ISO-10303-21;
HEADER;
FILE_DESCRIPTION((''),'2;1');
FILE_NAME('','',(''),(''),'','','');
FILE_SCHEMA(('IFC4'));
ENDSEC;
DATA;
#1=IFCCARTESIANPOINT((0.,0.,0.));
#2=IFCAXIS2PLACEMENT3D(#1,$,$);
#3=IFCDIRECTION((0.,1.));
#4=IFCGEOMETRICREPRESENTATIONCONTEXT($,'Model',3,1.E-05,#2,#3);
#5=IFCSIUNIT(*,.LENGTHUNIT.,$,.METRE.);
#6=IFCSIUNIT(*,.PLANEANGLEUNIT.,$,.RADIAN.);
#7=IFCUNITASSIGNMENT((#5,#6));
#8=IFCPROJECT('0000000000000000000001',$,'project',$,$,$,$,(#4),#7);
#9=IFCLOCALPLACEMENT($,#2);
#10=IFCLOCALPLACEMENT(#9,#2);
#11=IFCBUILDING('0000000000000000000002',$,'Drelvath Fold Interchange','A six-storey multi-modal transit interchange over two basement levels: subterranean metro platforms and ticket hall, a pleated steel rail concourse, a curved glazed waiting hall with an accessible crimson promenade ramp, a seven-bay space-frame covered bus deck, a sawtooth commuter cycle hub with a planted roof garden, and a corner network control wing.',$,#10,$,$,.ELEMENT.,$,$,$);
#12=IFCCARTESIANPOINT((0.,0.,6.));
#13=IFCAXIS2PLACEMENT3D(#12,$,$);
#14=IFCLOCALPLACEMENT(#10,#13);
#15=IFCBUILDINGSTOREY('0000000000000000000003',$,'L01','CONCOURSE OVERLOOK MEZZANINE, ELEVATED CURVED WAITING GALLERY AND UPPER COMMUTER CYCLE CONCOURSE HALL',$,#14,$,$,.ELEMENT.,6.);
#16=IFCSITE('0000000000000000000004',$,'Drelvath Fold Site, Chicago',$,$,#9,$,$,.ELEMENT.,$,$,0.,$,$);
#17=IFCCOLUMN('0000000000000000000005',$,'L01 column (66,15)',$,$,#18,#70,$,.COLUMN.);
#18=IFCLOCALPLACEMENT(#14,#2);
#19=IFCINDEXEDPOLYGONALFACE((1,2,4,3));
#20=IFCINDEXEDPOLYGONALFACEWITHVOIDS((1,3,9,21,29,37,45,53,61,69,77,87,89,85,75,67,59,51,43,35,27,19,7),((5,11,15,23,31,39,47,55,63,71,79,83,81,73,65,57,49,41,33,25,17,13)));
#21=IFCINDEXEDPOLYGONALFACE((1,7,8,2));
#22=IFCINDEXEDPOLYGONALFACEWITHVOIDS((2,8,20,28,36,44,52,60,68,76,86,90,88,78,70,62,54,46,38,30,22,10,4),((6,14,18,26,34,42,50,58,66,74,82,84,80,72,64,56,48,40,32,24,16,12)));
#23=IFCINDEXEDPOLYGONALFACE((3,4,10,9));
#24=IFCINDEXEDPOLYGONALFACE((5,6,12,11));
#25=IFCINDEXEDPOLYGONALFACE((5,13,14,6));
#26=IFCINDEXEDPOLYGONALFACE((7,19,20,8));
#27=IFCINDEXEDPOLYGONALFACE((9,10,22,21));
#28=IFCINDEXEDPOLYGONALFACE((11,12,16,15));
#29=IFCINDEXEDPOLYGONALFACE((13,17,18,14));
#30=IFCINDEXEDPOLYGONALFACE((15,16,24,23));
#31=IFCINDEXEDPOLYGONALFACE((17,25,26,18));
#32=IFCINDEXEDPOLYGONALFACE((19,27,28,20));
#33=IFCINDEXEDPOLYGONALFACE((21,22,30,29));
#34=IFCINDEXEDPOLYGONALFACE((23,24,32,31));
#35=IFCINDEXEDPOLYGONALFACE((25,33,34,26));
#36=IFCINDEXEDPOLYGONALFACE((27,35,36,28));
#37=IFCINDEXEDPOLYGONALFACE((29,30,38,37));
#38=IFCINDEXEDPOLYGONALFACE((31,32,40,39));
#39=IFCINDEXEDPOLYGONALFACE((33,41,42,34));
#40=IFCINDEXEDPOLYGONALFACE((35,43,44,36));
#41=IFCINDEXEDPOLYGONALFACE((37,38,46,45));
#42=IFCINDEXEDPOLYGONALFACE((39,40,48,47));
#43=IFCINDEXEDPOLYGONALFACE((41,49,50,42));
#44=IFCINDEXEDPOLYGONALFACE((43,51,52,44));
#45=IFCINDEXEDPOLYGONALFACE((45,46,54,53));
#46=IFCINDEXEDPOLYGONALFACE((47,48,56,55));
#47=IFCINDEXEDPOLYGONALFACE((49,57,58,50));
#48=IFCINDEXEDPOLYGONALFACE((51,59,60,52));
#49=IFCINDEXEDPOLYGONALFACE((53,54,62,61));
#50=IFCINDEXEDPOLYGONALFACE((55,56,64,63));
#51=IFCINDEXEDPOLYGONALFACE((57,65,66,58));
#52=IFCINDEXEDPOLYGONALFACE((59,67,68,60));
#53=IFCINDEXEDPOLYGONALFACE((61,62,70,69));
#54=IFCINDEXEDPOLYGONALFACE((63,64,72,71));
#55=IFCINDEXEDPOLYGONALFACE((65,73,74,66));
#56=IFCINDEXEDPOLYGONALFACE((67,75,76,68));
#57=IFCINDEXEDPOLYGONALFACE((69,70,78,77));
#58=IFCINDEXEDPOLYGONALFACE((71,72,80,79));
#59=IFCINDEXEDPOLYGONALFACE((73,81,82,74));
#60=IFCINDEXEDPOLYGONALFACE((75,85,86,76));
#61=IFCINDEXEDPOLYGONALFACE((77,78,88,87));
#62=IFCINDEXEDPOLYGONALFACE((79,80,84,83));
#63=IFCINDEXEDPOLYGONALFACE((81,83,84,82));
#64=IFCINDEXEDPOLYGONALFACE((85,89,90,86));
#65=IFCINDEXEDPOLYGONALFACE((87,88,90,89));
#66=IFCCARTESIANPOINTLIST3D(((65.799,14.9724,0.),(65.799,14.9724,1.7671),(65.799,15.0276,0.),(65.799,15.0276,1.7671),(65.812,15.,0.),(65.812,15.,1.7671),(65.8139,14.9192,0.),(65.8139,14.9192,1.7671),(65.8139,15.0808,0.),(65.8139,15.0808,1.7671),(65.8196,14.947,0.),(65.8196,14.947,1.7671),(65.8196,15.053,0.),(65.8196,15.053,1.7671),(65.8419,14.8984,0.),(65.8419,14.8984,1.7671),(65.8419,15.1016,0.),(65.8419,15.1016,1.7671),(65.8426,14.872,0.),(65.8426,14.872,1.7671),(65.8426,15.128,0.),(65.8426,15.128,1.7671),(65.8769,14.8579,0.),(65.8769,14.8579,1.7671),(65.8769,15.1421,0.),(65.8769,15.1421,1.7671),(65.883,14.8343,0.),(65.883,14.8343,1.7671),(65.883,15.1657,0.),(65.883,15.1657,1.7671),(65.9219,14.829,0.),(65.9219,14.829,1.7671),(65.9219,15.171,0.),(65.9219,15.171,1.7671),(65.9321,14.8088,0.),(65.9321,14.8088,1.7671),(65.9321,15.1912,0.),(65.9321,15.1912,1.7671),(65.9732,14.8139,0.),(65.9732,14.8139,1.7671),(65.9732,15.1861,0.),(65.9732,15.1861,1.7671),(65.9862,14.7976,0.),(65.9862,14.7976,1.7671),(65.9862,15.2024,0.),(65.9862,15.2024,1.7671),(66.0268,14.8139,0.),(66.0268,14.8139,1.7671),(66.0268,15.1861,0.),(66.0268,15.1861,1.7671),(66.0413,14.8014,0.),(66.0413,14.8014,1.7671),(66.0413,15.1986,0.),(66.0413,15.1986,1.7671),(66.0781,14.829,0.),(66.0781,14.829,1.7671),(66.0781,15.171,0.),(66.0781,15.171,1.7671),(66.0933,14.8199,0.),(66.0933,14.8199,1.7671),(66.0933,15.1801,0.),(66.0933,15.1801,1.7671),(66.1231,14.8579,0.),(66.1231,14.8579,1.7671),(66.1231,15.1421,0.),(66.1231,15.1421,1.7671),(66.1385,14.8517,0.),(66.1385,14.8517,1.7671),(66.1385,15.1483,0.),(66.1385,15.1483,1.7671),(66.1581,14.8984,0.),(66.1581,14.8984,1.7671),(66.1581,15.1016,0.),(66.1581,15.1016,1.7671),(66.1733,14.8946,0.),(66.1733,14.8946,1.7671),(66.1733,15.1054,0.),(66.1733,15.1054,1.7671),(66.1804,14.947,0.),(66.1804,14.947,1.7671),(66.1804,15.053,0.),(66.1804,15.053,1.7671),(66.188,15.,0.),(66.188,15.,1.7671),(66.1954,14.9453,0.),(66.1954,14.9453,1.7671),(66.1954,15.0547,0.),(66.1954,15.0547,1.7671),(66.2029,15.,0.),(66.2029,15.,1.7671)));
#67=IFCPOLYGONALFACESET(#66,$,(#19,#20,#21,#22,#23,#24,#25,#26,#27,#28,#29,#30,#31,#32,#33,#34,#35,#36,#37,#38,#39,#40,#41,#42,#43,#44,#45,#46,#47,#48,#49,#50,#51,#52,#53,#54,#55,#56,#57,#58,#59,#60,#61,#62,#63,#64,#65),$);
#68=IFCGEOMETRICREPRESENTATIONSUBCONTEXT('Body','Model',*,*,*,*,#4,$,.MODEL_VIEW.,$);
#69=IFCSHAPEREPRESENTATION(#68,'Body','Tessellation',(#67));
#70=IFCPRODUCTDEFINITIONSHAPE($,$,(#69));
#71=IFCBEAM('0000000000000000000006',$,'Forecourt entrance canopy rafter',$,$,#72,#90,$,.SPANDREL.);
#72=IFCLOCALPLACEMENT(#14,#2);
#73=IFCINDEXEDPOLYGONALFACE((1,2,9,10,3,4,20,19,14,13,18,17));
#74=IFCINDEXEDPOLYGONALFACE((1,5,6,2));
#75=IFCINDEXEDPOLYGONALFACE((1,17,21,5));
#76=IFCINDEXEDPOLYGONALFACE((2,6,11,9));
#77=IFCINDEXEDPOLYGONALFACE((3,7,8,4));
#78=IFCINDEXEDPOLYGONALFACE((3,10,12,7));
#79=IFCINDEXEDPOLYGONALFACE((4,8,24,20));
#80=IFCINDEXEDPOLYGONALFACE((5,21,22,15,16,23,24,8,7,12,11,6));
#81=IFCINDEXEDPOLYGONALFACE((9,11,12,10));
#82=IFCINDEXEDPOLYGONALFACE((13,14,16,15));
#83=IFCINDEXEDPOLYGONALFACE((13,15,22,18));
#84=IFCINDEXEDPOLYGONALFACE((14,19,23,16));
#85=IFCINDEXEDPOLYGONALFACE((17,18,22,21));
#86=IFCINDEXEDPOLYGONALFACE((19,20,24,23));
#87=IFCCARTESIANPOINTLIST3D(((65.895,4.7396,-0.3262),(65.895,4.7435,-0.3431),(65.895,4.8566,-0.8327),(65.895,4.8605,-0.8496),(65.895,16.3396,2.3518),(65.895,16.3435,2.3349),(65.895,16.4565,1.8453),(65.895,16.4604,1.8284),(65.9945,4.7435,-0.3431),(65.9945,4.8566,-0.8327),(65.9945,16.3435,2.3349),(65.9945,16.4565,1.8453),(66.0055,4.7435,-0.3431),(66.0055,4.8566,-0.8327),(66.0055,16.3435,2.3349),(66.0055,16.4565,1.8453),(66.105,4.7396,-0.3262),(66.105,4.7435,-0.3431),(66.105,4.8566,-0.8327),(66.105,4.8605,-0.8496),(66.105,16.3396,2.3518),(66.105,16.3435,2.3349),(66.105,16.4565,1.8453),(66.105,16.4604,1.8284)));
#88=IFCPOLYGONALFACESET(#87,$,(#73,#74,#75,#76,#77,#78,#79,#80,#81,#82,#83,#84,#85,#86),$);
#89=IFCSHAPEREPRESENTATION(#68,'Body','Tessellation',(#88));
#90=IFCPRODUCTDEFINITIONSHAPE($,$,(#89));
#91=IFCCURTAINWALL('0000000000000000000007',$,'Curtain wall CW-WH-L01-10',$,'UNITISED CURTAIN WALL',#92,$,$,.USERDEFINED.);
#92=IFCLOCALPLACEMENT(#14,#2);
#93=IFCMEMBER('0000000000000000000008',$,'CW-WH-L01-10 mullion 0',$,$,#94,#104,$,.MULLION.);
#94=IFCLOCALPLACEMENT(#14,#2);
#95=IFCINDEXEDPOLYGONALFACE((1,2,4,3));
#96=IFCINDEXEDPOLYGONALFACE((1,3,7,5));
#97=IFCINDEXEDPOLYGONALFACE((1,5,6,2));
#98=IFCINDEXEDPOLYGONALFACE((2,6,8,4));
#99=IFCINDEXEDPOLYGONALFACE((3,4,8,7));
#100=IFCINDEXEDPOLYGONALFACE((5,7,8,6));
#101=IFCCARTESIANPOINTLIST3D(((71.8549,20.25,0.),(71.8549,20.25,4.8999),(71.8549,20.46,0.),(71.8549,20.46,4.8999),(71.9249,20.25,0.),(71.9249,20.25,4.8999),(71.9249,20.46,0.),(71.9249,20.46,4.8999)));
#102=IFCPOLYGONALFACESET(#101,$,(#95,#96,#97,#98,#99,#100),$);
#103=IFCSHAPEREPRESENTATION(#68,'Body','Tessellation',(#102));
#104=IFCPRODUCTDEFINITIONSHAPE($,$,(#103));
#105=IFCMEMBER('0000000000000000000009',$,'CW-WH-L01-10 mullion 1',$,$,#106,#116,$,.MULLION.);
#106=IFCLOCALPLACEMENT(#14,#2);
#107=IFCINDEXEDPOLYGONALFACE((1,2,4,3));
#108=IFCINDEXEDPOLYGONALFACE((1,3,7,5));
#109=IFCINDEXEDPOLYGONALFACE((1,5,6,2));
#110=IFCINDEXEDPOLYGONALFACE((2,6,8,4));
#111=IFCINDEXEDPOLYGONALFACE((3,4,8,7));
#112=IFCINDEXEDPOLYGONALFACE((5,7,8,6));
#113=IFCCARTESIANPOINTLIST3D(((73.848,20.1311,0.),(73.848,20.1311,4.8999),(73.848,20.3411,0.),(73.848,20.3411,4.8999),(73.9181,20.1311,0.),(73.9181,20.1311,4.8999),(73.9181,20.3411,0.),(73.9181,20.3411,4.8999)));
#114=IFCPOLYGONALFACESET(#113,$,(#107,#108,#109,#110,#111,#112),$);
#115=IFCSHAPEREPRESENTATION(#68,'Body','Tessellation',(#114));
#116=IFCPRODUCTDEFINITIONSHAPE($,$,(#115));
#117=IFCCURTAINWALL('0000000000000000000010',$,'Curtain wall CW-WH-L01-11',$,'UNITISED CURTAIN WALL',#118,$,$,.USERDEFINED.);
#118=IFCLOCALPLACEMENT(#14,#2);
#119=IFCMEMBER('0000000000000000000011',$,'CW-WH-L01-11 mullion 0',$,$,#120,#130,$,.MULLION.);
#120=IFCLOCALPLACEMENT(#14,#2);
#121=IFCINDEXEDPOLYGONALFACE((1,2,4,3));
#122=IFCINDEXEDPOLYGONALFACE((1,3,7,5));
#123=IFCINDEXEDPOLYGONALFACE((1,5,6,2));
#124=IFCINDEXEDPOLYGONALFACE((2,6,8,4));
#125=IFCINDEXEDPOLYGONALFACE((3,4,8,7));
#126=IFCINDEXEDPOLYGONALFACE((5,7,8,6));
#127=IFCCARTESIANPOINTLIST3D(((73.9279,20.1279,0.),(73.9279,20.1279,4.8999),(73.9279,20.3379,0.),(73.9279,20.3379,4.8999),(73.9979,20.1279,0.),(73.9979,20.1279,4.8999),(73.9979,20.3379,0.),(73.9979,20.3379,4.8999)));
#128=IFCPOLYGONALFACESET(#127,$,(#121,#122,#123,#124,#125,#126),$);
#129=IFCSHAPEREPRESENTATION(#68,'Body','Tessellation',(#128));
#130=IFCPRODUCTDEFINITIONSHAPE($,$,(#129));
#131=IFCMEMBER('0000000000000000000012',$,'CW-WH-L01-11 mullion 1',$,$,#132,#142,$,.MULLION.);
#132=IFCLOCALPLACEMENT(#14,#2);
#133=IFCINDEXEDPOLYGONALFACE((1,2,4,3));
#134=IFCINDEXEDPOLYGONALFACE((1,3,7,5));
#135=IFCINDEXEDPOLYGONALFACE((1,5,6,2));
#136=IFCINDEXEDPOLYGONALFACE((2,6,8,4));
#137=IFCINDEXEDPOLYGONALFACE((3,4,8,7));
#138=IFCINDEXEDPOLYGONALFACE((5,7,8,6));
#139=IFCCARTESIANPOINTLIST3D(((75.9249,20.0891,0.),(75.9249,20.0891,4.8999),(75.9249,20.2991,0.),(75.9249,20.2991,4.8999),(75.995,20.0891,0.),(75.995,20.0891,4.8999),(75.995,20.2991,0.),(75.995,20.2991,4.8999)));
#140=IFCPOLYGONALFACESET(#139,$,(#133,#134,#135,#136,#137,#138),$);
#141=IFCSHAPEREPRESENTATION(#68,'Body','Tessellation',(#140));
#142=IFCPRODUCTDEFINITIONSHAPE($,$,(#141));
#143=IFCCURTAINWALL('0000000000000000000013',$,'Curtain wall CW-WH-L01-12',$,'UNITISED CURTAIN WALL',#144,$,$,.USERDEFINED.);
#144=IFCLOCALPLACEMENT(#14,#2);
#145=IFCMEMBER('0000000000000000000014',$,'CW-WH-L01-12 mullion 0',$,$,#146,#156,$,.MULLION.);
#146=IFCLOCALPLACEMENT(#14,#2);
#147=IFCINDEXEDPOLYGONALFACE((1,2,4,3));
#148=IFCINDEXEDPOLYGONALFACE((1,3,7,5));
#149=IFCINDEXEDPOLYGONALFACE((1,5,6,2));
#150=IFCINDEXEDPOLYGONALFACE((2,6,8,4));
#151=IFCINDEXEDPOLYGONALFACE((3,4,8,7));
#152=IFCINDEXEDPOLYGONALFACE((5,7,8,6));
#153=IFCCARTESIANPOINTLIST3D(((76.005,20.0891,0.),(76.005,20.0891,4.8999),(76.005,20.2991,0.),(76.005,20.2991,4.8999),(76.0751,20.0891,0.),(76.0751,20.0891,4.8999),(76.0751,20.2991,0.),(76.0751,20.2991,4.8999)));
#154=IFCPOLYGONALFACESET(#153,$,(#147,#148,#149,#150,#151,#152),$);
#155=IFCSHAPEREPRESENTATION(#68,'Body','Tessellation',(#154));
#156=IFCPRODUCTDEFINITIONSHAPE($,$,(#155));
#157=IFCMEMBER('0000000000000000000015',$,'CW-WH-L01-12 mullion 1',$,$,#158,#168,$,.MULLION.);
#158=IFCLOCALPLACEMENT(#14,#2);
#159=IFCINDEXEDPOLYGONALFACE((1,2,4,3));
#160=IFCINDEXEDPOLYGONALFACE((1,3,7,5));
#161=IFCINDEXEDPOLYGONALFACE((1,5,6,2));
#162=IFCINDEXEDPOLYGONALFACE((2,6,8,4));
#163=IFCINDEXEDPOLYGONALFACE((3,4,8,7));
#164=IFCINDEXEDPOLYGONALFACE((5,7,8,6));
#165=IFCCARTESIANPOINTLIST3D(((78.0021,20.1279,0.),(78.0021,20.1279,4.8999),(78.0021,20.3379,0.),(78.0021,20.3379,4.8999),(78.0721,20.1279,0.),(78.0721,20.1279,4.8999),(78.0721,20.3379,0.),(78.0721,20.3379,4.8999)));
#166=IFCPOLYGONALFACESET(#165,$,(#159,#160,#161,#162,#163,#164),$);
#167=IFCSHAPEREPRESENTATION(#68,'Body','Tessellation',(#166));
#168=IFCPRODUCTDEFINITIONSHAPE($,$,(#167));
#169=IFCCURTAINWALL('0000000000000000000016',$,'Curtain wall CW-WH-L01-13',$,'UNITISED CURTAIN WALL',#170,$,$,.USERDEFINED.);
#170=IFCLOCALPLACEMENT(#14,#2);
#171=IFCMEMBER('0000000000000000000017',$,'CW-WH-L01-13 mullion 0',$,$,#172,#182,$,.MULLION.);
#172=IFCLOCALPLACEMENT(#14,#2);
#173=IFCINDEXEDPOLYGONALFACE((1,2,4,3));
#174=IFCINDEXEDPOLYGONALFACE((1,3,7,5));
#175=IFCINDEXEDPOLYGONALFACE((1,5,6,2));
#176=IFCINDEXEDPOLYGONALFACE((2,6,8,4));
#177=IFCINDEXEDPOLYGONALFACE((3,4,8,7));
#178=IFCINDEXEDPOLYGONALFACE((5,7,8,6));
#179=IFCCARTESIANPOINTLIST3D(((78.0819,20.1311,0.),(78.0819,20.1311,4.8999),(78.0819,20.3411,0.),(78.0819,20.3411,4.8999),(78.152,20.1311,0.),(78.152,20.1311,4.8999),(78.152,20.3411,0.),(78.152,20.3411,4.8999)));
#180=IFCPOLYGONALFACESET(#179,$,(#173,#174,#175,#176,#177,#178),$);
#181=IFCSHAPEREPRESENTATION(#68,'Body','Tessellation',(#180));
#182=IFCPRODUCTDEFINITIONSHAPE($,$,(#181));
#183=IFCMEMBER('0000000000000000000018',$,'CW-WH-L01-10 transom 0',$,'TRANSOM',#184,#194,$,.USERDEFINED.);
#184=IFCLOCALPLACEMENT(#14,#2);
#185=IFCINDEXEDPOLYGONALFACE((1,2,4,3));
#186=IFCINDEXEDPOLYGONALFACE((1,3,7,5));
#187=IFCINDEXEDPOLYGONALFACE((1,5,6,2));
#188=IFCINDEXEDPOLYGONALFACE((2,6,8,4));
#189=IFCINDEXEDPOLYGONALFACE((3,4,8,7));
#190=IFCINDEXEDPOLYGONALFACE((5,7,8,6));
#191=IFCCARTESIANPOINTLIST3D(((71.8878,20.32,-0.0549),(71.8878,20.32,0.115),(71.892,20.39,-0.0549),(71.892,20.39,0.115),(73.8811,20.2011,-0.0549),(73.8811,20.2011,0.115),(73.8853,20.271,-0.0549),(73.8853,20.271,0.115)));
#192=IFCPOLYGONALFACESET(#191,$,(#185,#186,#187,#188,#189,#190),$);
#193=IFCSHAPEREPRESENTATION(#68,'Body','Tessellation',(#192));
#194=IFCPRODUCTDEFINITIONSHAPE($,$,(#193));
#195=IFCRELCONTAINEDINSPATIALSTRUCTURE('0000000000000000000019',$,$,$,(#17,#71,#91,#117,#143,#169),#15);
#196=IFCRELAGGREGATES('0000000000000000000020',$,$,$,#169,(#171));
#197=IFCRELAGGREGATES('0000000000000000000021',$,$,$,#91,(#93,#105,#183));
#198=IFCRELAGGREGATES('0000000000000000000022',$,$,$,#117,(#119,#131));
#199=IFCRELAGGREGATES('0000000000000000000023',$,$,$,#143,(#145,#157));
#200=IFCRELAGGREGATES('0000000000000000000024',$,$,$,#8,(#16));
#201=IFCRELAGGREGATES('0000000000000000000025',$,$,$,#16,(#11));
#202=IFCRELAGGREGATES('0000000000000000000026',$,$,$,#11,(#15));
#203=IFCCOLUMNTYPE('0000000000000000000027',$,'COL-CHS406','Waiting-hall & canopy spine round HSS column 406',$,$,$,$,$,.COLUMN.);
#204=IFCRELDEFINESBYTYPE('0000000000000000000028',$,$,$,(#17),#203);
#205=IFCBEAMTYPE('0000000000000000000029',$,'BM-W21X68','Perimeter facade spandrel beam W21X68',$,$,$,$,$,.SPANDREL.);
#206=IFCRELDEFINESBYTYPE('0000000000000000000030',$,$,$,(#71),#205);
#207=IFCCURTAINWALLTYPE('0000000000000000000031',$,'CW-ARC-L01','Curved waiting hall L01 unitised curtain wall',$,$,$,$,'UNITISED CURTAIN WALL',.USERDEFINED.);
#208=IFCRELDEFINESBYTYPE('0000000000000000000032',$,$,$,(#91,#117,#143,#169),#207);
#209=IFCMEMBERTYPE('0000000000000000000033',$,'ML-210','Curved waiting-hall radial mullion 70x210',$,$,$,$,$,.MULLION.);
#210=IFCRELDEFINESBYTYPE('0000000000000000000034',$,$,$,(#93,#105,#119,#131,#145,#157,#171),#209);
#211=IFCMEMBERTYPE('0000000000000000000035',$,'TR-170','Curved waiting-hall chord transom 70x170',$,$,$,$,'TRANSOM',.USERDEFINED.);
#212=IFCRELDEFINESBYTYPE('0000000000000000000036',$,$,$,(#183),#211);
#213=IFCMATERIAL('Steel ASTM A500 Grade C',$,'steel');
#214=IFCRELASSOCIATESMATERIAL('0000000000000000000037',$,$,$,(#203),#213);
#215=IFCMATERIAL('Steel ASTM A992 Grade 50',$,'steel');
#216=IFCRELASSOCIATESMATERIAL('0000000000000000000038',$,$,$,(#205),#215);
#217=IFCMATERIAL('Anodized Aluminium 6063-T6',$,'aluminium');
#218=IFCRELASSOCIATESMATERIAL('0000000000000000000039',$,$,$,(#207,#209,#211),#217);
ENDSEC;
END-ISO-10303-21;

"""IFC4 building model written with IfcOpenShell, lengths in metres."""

from ifc_helpers import new_model, si_unit, direction, frame, origin, origin_2d, place, context, subcontext, project, spatial, rectangle, hollow_circle, i_section, extrude, material, material_profile, profile_set, type_object, element, aggregate, save


model = new_model("IFC4")

# Units and contexts
model_context = context("Model", 3, precision=1e-05, world=origin(), true_north=direction((0.0, 1.0)))
body_context = subcontext(model_context, "Body", "Model", "MODEL_VIEW")
ifc_project = project(units=[si_unit("LENGTHUNIT", "METRE"), si_unit("PLANEANGLEUNIT", "RADIAN")], contexts=[model_context])

# Site, building, storey
site_placement = place(None, origin())
site = spatial("IfcSite", under=ifc_project, at=site_placement, Name="Drelvath Fold Site, Chicago", CompositionType="ELEMENT", RefElevation=0.0)
building_placement = place(site_placement, origin())
building = spatial("IfcBuilding", under=site, at=building_placement, Name="Drelvath Fold Interchange", Description="A six-storey multi-modal transit interchange over two basement levels: subterranean metro platforms and ticket hall, a pleated steel rail concourse, a curved glazed waiting hall with an accessible crimson promenade ramp, a seven-bay space-frame covered bus deck, a sawtooth commuter cycle hub with a planted roof garden, and a corner network control wing.", CompositionType="ELEMENT")
storey_placement = place(building_placement, frame((0.0, 0.0, 6.0)))
storey = spatial("IfcBuildingStorey", under=building, at=storey_placement, Name="L01", Description="CONCOURSE OVERLOOK MEZZANINE, ELEVATED CURVED WAITING GALLERY AND UPPER COMMUTER CYCLE CONCOURSE HALL", CompositionType="ELEMENT", Elevation=6.0)

# Column
ifc_material_1 = material(Name="Steel ASTM A500 Grade C", Category="steel")
ifc_material_profile_1 = material_profile(ifc_material_1, hollow_circle(Radius=0.2029, WallThickness=0.0149, at=origin_2d()), Name="HSS16.000X0.625")
ifc_profile_set_1 = profile_set([ifc_material_profile_1], Name="Steel ASTM A500 Grade C")
column_type = type_object("IfcColumnType", Name="COL-CHS406", Description="Waiting-hall & canopy spine round HSS column 406", PredefinedType="COLUMN", material=ifc_profile_set_1)
column_placement = place(storey_placement, frame((66.0, 15.0, 0.0), z_axis=(0.0, 0.0, 1.0), x_axis=(1.0, 0.0, 0.0)))
element("IfcColumn", 1, at=column_placement, inside=storey, type_object=column_type, Name="L01 column (66,15)", PredefinedType="COLUMN", context=body_context, shape_type="SweptSolid", body=[
    extrude(hollow_circle(Radius=0.2029, WallThickness=0.0149, at=origin_2d()), origin(), (0.0, 0.0, 1.0), 1.7671),
])

# Beam
ifc_material_2 = material(Name="Steel ASTM A992 Grade 50", Category="steel")
ifc_material_profile_2 = material_profile(ifc_material_2, i_section(OverallWidth=0.21, OverallDepth=0.5371, WebThickness=0.011, FlangeThickness=0.0173, at=origin_2d()), Name="W21X68")
ifc_profile_set_2 = profile_set([ifc_material_profile_2], Name="Steel ASTM A992 Grade 50")
beam_type = type_object("IfcBeamType", Name="BM-W21X68", Description="Perimeter facade spandrel beam W21X68", PredefinedType="SPANDREL", material=ifc_profile_set_2)
beam_placement = place(storey_placement, frame((66.0, 4.8, -0.5879), z_axis=(0.0, 0.974371, 0.224946), x_axis=(-1.0, 0.0, 0.0)))
element("IfcBeam", 2, at=beam_placement, inside=storey, type_object=beam_type, Name="Forecourt entrance canopy rafter", PredefinedType="SPANDREL", context=body_context, shape_type="SweptSolid", body=[
    extrude(i_section(OverallWidth=0.21, OverallDepth=0.5371, WebThickness=0.011, FlangeThickness=0.0173, at=origin_2d()), origin(), (0.0, 0.0, 1.0), 11.905),
])

# Curtain walls, members
ifc_material_3 = material(Name="Anodized Aluminium 6063-T6", Category="aluminium")
curtain_wall_type = type_object("IfcCurtainWallType", Name="CW-ARC-L01", Description="Curved waiting hall L01 unitised curtain wall", ElementType="UNITISED CURTAIN WALL", PredefinedType="USERDEFINED", material=ifc_material_3)
curtain_wall_1_placement = place(storey_placement, origin())
curtain_wall_1 = element("IfcCurtainWall", 3, at=curtain_wall_1_placement, inside=storey, type_object=curtain_wall_type, Name="Curtain wall CW-WH-L01-10", ObjectType="UNITISED CURTAIN WALL", PredefinedType="USERDEFINED")
ifc_material_profile_3 = material_profile(ifc_material_3, rectangle(XDim=0.0701, YDim=0.21, at=origin_2d()), Name="AL-M 70x210")
ifc_profile_set_3 = profile_set([ifc_material_profile_3], Name="Anodized Aluminium 6063-T6")
member_type_1 = type_object("IfcMemberType", Name="ML-210", Description="Curved waiting-hall radial mullion 70x210", PredefinedType="MULLION", material=ifc_profile_set_3)
member_1_placement = place(storey_placement, frame((71.8899, 20.355, 0.0), z_axis=(0.0, 0.0, 1.0), x_axis=(1.0, 0.0, 0.0)))
member_1 = element("IfcMember", 4, at=member_1_placement, type_object=member_type_1, Name="CW-WH-L01-10 mullion 0", PredefinedType="MULLION", context=body_context, shape_type="SweptSolid", body=[
    extrude(rectangle(XDim=0.0701, YDim=0.21, at=origin_2d()), origin(), (0.0, 0.0, 1.0), 4.8999),
])
member_2_placement = place(storey_placement, frame((73.8831, 20.2361, 0.0), z_axis=(0.0, 0.0, 1.0), x_axis=(1.0, 0.0, 0.0)))
member_2 = element("IfcMember", 5, at=member_2_placement, type_object=member_type_1, Name="CW-WH-L01-10 mullion 1", PredefinedType="MULLION", context=body_context, shape_type="SweptSolid", body=[
    extrude(rectangle(XDim=0.0701, YDim=0.21, at=origin_2d()), origin(), (0.0, 0.0, 1.0), 4.8999),
])
curtain_wall_2_placement = place(storey_placement, origin())
curtain_wall_2 = element("IfcCurtainWall", 6, at=curtain_wall_2_placement, inside=storey, type_object=curtain_wall_type, Name="Curtain wall CW-WH-L01-11", ObjectType="UNITISED CURTAIN WALL", PredefinedType="USERDEFINED")
member_3_placement = place(storey_placement, frame((73.9629, 20.2329, 0.0), z_axis=(0.0, 0.0, 1.0), x_axis=(1.0, 0.0, 0.0)))
member_3 = element("IfcMember", 7, at=member_3_placement, type_object=member_type_1, Name="CW-WH-L01-11 mullion 0", PredefinedType="MULLION", context=body_context, shape_type="SweptSolid", body=[
    extrude(rectangle(XDim=0.0701, YDim=0.21, at=origin_2d()), origin(), (0.0, 0.0, 1.0), 4.8999),
])
member_4_placement = place(storey_placement, frame((75.96, 20.1941, 0.0), z_axis=(0.0, 0.0, 1.0), x_axis=(1.0, 0.0, 0.0)))
member_4 = element("IfcMember", 8, at=member_4_placement, type_object=member_type_1, Name="CW-WH-L01-11 mullion 1", PredefinedType="MULLION", context=body_context, shape_type="SweptSolid", body=[
    extrude(rectangle(XDim=0.0701, YDim=0.21, at=origin_2d()), origin(), (0.0, 0.0, 1.0), 4.8999),
])
curtain_wall_3_placement = place(storey_placement, origin())
curtain_wall_3 = element("IfcCurtainWall", 9, at=curtain_wall_3_placement, inside=storey, type_object=curtain_wall_type, Name="Curtain wall CW-WH-L01-12", ObjectType="UNITISED CURTAIN WALL", PredefinedType="USERDEFINED")
member_5_placement = place(storey_placement, frame((76.04, 20.1941, 0.0), z_axis=(0.0, 0.0, 1.0), x_axis=(1.0, 0.0, 0.0)))
member_5 = element("IfcMember", 10, at=member_5_placement, type_object=member_type_1, Name="CW-WH-L01-12 mullion 0", PredefinedType="MULLION", context=body_context, shape_type="SweptSolid", body=[
    extrude(rectangle(XDim=0.0701, YDim=0.21, at=origin_2d()), origin(), (0.0, 0.0, 1.0), 4.8999),
])
member_6_placement = place(storey_placement, frame((78.0371, 20.2329, 0.0), z_axis=(0.0, 0.0, 1.0), x_axis=(1.0, 0.0, 0.0)))
member_6 = element("IfcMember", 11, at=member_6_placement, type_object=member_type_1, Name="CW-WH-L01-12 mullion 1", PredefinedType="MULLION", context=body_context, shape_type="SweptSolid", body=[
    extrude(rectangle(XDim=0.0701, YDim=0.21, at=origin_2d()), origin(), (0.0, 0.0, 1.0), 4.8999),
])

# Curtain wall, member
curtain_wall_4_placement = place(storey_placement, origin())
curtain_wall_4 = element("IfcCurtainWall", 12, at=curtain_wall_4_placement, inside=storey, type_object=curtain_wall_type, Name="Curtain wall CW-WH-L01-13", ObjectType="UNITISED CURTAIN WALL", PredefinedType="USERDEFINED")
member_7_placement = place(storey_placement, frame((78.1169, 20.2361, 0.0), z_axis=(0.0, 0.0, 1.0), x_axis=(1.0, 0.0, 0.0)))
member_7 = element("IfcMember", 13, at=member_7_placement, type_object=member_type_1, Name="CW-WH-L01-13 mullion 0", PredefinedType="MULLION", context=body_context, shape_type="SweptSolid", body=[
    extrude(rectangle(XDim=0.0701, YDim=0.21, at=origin_2d()), origin(), (0.0, 0.0, 1.0), 4.8999),
])

# Member
ifc_material_profile_4 = material_profile(ifc_material_3, rectangle(XDim=0.0701, YDim=0.1699, at=origin_2d()), Name="AL-T 70x170")
ifc_profile_set_4 = profile_set([ifc_material_profile_4], Name="Anodized Aluminium 6063-T6")
member_type_2 = type_object("IfcMemberType", Name="TR-170", Description="Curved waiting-hall chord transom 70x170", ElementType="TRANSOM", PredefinedType="USERDEFINED", material=ifc_profile_set_4)
member_8_placement = place(storey_placement, frame((71.8899, 20.355, 0.03), z_axis=(0.998226, -0.059546, 0.0), x_axis=(0.059546, 0.998226, 0.0)))
member_8 = element("IfcMember", 14, at=member_8_placement, type_object=member_type_2, Name="CW-WH-L01-10 transom 0", ObjectType="TRANSOM", PredefinedType="USERDEFINED", context=body_context, shape_type="SweptSolid", body=[
    extrude(rectangle(XDim=0.0701, YDim=0.1699, at=origin_2d()), origin(), (0.0, 0.0, 1.0), 1.9968),
])
aggregate(curtain_wall_4, [member_7])

aggregate(curtain_wall_1, [member_1, member_2, member_8])
aggregate(curtain_wall_2, [member_3, member_4])
aggregate(curtain_wall_3, [member_5, member_6])

save(model, "model.ifc")
